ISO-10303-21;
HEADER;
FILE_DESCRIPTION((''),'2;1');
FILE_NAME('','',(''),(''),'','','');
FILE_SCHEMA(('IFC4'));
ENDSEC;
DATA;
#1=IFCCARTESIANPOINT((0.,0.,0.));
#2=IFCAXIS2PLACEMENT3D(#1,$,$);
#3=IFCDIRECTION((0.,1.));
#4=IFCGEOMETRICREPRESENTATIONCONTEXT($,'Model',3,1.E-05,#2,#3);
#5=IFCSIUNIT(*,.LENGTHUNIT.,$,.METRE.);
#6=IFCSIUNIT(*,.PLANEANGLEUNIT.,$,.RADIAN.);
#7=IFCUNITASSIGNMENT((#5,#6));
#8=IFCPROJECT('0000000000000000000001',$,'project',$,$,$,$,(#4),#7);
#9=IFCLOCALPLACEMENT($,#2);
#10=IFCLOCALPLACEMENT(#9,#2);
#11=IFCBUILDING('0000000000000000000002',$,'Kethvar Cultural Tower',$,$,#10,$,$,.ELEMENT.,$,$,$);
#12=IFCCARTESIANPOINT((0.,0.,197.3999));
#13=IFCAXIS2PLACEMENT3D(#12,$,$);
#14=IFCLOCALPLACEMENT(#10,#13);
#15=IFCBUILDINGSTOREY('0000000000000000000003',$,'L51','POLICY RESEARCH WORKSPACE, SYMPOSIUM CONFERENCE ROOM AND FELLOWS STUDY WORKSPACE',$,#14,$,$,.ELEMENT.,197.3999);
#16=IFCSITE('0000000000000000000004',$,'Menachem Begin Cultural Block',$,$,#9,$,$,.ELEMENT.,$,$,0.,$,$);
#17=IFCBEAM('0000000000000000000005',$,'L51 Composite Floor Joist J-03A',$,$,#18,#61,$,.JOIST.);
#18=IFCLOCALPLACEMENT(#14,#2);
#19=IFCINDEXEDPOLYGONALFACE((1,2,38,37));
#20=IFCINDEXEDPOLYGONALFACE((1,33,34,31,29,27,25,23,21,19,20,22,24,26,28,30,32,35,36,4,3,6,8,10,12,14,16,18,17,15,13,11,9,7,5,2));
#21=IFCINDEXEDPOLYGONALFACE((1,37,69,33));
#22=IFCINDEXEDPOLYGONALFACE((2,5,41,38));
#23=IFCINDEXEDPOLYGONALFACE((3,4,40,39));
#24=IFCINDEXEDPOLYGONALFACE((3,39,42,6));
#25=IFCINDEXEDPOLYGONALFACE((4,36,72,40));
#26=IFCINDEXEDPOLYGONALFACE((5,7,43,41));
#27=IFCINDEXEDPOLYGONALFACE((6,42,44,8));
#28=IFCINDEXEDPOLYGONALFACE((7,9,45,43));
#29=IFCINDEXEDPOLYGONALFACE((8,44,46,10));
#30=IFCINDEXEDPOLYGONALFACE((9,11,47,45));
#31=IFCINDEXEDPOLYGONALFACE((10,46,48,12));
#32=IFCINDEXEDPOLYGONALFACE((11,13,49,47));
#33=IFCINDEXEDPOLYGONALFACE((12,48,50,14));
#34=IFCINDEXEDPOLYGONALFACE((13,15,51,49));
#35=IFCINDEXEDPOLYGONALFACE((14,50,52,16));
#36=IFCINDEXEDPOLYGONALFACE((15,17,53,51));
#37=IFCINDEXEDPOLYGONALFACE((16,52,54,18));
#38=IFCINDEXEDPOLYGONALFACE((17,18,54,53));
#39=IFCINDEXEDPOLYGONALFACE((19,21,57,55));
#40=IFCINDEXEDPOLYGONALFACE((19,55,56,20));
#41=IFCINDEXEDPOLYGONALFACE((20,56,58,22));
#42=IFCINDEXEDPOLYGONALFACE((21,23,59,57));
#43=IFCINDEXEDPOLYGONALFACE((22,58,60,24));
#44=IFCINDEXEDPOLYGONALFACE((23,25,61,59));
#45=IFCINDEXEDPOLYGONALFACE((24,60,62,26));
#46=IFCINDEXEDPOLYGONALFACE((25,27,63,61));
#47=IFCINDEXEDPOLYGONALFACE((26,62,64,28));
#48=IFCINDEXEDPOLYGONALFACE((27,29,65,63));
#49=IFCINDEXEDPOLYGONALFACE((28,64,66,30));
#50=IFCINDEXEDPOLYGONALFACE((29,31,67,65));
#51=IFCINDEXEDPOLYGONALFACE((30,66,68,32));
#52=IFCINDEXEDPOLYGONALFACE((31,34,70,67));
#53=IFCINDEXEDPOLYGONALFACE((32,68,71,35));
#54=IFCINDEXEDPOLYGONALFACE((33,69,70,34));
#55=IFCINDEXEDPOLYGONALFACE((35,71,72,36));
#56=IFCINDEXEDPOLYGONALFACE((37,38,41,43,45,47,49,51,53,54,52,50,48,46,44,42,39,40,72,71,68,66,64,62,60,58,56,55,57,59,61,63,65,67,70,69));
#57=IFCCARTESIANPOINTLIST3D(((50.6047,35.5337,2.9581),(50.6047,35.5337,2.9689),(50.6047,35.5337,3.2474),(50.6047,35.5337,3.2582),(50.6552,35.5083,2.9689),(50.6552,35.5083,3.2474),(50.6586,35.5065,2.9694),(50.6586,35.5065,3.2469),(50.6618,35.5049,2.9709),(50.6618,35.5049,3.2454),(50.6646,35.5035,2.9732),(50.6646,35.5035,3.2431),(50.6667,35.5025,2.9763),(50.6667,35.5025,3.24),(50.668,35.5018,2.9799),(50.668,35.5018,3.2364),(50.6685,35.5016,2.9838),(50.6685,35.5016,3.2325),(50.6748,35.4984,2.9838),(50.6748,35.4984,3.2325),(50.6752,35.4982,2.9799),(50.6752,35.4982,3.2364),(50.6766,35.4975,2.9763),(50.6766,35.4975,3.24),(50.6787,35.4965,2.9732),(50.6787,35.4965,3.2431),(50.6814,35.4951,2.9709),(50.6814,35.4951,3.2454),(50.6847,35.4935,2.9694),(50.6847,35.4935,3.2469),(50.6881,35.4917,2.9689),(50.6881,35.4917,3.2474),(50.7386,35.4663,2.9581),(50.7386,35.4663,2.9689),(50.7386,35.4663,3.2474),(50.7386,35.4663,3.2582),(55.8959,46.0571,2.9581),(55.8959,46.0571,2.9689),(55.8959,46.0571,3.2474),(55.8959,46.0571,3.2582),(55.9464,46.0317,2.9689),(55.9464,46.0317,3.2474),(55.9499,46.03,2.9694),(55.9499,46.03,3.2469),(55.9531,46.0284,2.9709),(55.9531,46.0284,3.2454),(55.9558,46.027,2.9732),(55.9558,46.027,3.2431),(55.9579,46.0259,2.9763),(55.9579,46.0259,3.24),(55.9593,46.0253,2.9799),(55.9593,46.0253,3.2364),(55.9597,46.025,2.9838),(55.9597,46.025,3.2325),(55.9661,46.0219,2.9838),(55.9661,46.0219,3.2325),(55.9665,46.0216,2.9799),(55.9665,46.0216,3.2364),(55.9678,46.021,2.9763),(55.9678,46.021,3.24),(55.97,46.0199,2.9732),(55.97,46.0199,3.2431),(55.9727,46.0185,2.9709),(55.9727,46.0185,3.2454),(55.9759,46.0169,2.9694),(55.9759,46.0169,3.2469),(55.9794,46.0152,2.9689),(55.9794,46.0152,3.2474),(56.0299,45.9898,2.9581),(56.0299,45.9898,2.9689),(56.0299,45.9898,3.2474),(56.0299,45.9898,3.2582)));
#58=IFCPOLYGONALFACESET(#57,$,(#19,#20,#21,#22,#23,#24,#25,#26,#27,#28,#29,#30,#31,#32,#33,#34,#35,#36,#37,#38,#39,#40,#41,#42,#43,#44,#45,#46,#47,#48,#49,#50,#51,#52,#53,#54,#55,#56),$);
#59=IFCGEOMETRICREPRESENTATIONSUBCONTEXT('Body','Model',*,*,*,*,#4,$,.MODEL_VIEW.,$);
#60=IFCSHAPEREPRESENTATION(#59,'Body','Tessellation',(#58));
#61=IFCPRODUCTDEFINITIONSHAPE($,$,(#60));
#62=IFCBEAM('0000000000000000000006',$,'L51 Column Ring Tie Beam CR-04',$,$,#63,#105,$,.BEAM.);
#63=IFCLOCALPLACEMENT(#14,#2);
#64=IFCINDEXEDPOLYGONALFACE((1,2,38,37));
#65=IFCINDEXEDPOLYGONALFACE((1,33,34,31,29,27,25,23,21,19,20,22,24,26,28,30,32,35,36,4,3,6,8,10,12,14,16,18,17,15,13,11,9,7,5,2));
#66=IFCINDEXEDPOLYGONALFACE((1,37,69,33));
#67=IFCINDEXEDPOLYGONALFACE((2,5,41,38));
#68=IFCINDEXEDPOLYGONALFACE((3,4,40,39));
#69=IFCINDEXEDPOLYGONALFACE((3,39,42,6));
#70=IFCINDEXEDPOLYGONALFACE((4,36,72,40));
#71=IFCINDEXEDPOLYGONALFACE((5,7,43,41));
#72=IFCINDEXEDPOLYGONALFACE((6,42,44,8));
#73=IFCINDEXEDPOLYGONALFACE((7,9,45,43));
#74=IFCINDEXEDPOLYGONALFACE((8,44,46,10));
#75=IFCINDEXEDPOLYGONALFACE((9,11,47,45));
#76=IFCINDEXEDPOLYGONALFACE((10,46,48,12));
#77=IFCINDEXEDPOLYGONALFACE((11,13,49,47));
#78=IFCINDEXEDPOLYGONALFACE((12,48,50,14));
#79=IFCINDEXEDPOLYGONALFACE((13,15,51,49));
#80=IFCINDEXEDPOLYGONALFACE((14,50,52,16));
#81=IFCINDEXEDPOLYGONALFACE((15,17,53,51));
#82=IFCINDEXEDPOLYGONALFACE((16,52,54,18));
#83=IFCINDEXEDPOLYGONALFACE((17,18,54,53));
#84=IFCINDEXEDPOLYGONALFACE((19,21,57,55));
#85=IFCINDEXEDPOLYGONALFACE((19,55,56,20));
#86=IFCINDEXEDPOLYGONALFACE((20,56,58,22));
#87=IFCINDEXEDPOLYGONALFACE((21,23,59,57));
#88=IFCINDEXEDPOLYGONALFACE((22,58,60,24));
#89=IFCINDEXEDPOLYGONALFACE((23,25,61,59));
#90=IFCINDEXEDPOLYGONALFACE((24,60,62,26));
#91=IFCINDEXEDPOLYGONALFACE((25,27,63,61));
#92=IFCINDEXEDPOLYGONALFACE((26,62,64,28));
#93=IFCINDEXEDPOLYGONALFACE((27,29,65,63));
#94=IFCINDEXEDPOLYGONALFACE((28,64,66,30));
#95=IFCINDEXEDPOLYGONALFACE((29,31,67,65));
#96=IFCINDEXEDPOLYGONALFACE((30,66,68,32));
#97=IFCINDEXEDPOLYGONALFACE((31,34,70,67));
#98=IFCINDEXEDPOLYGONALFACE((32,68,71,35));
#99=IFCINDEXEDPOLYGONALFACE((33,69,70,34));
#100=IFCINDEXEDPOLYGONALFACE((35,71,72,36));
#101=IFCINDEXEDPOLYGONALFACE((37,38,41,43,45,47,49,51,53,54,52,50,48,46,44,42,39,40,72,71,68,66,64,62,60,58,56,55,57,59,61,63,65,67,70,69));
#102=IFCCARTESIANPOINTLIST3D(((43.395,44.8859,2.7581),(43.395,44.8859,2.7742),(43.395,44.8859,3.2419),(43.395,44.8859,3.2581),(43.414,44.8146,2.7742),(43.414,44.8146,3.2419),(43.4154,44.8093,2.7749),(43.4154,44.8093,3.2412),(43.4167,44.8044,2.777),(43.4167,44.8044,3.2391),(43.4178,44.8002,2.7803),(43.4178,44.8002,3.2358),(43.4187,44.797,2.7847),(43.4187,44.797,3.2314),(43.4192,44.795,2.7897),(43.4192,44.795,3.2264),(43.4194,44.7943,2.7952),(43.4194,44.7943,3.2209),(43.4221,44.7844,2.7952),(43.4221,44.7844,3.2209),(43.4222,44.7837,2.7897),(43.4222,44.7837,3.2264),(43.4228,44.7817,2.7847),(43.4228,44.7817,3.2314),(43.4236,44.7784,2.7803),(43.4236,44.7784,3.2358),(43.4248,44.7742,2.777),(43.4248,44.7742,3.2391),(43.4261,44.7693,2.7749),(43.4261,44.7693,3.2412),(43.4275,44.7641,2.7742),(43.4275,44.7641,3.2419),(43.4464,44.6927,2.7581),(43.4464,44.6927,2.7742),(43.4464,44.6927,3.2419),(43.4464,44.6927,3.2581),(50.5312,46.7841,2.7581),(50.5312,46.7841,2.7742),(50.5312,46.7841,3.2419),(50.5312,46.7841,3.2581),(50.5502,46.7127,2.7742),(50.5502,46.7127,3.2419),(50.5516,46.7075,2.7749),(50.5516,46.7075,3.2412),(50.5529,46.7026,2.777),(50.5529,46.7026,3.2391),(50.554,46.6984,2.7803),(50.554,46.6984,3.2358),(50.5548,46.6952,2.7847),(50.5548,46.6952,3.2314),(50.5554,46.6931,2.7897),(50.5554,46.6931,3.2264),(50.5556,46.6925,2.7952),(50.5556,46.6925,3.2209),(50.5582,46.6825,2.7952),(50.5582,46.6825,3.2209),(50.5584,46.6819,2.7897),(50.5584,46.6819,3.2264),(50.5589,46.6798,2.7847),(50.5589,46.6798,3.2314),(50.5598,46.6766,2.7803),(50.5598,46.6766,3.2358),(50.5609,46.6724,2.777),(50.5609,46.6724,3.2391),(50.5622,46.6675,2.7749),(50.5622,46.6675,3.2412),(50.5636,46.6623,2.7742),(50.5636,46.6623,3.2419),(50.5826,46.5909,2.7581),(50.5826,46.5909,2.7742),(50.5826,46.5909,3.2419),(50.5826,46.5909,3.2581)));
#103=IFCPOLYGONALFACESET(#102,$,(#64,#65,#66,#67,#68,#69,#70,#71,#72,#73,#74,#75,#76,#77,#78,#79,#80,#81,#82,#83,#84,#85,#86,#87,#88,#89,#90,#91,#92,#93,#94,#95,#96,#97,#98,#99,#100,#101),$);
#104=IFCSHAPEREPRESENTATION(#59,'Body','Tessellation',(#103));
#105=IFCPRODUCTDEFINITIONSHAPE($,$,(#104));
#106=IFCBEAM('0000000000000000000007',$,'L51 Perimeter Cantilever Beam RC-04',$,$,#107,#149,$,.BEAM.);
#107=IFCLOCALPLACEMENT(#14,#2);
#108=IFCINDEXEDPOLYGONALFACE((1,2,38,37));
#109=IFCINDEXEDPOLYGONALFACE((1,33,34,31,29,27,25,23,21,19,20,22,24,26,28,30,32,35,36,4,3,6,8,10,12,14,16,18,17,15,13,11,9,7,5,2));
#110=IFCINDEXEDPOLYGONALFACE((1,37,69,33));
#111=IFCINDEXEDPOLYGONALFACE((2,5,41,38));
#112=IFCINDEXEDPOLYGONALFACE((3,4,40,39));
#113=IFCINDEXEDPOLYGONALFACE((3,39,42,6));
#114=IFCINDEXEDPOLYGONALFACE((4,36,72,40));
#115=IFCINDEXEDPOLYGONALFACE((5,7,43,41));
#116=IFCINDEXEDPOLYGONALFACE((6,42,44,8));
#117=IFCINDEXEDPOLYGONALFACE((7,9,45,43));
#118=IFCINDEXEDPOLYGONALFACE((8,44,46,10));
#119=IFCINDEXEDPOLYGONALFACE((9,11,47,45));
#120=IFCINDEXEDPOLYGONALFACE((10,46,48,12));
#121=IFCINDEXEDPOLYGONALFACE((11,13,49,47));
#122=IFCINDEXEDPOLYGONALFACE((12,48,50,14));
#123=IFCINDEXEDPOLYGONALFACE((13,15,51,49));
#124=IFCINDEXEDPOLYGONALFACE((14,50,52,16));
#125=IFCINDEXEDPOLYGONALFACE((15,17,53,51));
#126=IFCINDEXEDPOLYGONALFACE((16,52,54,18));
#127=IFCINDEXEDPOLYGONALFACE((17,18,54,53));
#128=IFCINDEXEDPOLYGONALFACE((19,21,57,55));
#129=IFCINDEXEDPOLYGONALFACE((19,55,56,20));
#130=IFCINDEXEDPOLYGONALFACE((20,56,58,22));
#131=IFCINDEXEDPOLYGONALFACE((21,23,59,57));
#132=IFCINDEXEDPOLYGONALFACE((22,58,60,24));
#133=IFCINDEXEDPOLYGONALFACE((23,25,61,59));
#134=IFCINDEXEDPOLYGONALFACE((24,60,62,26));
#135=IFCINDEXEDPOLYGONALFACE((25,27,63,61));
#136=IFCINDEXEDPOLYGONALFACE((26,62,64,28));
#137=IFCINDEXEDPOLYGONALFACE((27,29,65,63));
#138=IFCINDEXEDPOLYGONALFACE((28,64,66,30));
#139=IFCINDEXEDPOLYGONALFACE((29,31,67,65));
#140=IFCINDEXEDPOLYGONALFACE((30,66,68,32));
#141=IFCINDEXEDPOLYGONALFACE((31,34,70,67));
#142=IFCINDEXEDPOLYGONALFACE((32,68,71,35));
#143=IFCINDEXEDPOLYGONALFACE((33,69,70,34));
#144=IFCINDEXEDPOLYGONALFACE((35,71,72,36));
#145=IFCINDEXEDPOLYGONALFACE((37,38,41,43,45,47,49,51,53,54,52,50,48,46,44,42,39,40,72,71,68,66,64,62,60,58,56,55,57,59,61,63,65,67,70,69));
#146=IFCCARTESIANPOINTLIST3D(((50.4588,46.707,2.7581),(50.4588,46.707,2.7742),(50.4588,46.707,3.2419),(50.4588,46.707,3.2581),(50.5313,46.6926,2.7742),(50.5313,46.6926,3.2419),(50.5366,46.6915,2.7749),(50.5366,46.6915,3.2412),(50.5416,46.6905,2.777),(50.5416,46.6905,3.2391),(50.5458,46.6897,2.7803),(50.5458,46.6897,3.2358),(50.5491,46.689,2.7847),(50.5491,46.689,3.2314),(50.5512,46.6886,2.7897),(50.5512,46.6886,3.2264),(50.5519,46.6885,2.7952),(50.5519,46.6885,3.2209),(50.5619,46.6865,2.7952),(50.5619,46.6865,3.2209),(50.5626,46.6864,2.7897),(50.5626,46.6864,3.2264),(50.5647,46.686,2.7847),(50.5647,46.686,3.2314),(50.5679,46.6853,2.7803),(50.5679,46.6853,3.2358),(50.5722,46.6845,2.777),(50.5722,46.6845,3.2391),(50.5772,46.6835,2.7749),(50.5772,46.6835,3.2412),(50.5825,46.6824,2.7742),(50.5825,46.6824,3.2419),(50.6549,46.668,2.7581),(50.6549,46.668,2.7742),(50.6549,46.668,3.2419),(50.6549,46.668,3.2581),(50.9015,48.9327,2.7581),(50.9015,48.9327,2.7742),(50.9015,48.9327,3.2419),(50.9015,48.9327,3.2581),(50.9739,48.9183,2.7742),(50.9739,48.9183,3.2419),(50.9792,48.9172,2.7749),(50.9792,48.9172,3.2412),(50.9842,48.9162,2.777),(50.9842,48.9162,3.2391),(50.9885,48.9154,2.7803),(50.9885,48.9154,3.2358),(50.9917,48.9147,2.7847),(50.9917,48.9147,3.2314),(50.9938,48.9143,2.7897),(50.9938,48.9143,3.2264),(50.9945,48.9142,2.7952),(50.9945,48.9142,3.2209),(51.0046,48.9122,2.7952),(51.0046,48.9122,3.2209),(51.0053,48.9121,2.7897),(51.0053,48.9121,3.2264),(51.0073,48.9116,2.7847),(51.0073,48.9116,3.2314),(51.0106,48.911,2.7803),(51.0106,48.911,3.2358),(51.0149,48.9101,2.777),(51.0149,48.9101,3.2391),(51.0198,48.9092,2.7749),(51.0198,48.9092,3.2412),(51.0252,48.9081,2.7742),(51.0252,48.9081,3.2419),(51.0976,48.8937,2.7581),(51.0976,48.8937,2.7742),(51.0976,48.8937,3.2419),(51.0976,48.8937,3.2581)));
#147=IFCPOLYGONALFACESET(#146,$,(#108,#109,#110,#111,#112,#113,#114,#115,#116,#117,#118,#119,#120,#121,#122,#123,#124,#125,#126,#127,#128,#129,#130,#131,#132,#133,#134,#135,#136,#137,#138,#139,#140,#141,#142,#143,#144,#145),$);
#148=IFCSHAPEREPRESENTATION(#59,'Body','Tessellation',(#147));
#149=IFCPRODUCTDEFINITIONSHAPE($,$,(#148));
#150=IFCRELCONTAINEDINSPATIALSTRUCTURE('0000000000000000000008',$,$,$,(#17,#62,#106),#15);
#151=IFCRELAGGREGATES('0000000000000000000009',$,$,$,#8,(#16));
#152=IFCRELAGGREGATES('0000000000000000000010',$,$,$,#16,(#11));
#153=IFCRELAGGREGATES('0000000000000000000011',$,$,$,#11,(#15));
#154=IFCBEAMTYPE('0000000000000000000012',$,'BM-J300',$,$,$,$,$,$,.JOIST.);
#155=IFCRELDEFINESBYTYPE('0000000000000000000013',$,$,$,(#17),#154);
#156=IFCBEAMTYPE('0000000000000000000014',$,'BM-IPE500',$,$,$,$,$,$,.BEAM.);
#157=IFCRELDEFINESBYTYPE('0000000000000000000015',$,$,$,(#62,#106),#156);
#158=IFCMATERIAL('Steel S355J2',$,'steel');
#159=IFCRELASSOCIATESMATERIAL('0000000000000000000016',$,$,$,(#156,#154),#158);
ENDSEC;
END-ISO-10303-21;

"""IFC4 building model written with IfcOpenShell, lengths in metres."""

from ifc_helpers import new_model, si_unit, direction, frame, origin, origin_2d, place, context, subcontext, project, spatial, i_section, extrude, source, transform, mapped, material, material_profile, profile_set, type_object, element, save


model = new_model("IFC4")

# Units and contexts
model_context = context("Model", 3, precision=1e-05, world=origin(), true_north=direction((0.0, 1.0)))
body_context = subcontext(model_context, "Body", "Model", "MODEL_VIEW")
ifc_project = project(units=[si_unit("LENGTHUNIT", "METRE"), si_unit("PLANEANGLEUNIT", "RADIAN")], contexts=[model_context])

# Site, building, storey
site_placement = place(None, origin())
site = spatial("IfcSite", under=ifc_project, at=site_placement, Name="Menachem Begin Cultural Block", CompositionType="ELEMENT", RefElevation=0.0)
building_placement = place(site_placement, origin())
building = spatial("IfcBuilding", under=site, at=building_placement, Name="Kethvar Cultural Tower", CompositionType="ELEMENT")
storey_placement = place(building_placement, frame((0.0, 0.0, 197.3999)))
storey = spatial("IfcBuildingStorey", under=building, at=storey_placement, Name="L51", Description="POLICY RESEARCH WORKSPACE, SYMPOSIUM CONFERENCE ROOM AND FELLOWS STUDY WORKSPACE", CompositionType="ELEMENT", Elevation=197.3999)

# Beams
ifc_material_1 = material(Name="Steel S355J2", Category="steel")
ifc_material_profile_1 = material_profile(ifc_material_1, i_section(OverallWidth=0.2, OverallDepth=0.5, WebThickness=0.0103, FlangeThickness=0.0161, FilletRadius=0.021, at=origin_2d()), Name="Steel S355J2 — IPE500")
ifc_profile_set_1 = profile_set([ifc_material_profile_1], Name="Steel S355J2 — IPE500")
beam_type_1 = type_object("IfcBeamType", Name="BM-IPE500", PredefinedType="BEAM", material=ifc_profile_set_1)
ifc_material_profile_2 = material_profile(ifc_material_1, i_section(OverallWidth=0.1499, OverallDepth=0.3, WebThickness=0.0071, FlangeThickness=0.0107, FilletRadius=0.0149, at=origin_2d()), Name="Steel S355J2 — IPE300")
ifc_profile_set_2 = profile_set([ifc_material_profile_2], Name="Steel S355J2 — IPE300")
beam_type_2 = type_object("IfcBeamType", Name="BM-J300", PredefinedType="JOIST", material=ifc_profile_set_2)
shared_shape_1 = source(origin(), body_context, "Body", "SweptSolid", [
    extrude(i_section(OverallWidth=0.1499, OverallDepth=0.3, WebThickness=0.0071, FlangeThickness=0.0107, FilletRadius=0.0149, at=origin_2d()), origin(), (0.0, 0.0, 1.0), 11.7788),
])
beam_1_placement = place(storey_placement, frame((50.6716, 35.5, 3.1082), z_axis=(0.449219, 0.893422, 0.0), x_axis=(-0.893422, 0.449219, 0.0)))
element("IfcBeam", 1, at=beam_1_placement, inside=storey, type_object=beam_type_2, Name="L51 Composite Floor Joist J-03A", PredefinedType="JOIST", context=body_context, shape_type="MappedRepresentation", body=[
    mapped(shared_shape_1, transform((0.0, 0.0, 0.0), scale=1.0)),
])
shared_shape_2 = source(origin(), body_context, "Body", "SweptSolid", [
    extrude(i_section(OverallWidth=0.2, OverallDepth=0.5, WebThickness=0.0103, FlangeThickness=0.0161, FilletRadius=0.021, at=origin_2d()), origin(), (0.0, 0.0, 1.0), 7.3843),
])
beam_2_placement = place(storey_placement, frame((50.5569, 46.6875, 3.0081), z_axis=(-0.966397, -0.257056, 0.0), x_axis=(0.257056, -0.966397, 0.0)))
element("IfcBeam", 2, at=beam_2_placement, inside=storey, type_object=beam_type_1, Name="L51 Column Ring Tie Beam CR-04", PredefinedType="BEAM", context=body_context, shape_type="MappedRepresentation", body=[
    mapped(shared_shape_2, transform((0.0, 0.0, 0.0), scale=1.0)),
])
shared_shape_3 = source(origin(), body_context, "Body", "SweptSolid", [
    extrude(i_section(OverallWidth=0.2, OverallDepth=0.5, WebThickness=0.0103, FlangeThickness=0.0161, FilletRadius=0.021, at=origin_2d()), origin(), (0.0, 0.0, 1.0), 2.2693),
])
beam_3_placement = place(storey_placement, frame((50.5569, 46.6875, 3.0081), z_axis=(0.195061, 0.980791, 0.0), x_axis=(-0.980791, 0.195061, 0.0)))
element("IfcBeam", 3, at=beam_3_placement, inside=storey, type_object=beam_type_1, Name="L51 Perimeter Cantilever Beam RC-04", PredefinedType="BEAM", context=body_context, shape_type="MappedRepresentation", body=[
    mapped(shared_shape_3, transform((0.0, 0.0, 0.0), scale=1.0)),
])

save(model, "model.ifc")
